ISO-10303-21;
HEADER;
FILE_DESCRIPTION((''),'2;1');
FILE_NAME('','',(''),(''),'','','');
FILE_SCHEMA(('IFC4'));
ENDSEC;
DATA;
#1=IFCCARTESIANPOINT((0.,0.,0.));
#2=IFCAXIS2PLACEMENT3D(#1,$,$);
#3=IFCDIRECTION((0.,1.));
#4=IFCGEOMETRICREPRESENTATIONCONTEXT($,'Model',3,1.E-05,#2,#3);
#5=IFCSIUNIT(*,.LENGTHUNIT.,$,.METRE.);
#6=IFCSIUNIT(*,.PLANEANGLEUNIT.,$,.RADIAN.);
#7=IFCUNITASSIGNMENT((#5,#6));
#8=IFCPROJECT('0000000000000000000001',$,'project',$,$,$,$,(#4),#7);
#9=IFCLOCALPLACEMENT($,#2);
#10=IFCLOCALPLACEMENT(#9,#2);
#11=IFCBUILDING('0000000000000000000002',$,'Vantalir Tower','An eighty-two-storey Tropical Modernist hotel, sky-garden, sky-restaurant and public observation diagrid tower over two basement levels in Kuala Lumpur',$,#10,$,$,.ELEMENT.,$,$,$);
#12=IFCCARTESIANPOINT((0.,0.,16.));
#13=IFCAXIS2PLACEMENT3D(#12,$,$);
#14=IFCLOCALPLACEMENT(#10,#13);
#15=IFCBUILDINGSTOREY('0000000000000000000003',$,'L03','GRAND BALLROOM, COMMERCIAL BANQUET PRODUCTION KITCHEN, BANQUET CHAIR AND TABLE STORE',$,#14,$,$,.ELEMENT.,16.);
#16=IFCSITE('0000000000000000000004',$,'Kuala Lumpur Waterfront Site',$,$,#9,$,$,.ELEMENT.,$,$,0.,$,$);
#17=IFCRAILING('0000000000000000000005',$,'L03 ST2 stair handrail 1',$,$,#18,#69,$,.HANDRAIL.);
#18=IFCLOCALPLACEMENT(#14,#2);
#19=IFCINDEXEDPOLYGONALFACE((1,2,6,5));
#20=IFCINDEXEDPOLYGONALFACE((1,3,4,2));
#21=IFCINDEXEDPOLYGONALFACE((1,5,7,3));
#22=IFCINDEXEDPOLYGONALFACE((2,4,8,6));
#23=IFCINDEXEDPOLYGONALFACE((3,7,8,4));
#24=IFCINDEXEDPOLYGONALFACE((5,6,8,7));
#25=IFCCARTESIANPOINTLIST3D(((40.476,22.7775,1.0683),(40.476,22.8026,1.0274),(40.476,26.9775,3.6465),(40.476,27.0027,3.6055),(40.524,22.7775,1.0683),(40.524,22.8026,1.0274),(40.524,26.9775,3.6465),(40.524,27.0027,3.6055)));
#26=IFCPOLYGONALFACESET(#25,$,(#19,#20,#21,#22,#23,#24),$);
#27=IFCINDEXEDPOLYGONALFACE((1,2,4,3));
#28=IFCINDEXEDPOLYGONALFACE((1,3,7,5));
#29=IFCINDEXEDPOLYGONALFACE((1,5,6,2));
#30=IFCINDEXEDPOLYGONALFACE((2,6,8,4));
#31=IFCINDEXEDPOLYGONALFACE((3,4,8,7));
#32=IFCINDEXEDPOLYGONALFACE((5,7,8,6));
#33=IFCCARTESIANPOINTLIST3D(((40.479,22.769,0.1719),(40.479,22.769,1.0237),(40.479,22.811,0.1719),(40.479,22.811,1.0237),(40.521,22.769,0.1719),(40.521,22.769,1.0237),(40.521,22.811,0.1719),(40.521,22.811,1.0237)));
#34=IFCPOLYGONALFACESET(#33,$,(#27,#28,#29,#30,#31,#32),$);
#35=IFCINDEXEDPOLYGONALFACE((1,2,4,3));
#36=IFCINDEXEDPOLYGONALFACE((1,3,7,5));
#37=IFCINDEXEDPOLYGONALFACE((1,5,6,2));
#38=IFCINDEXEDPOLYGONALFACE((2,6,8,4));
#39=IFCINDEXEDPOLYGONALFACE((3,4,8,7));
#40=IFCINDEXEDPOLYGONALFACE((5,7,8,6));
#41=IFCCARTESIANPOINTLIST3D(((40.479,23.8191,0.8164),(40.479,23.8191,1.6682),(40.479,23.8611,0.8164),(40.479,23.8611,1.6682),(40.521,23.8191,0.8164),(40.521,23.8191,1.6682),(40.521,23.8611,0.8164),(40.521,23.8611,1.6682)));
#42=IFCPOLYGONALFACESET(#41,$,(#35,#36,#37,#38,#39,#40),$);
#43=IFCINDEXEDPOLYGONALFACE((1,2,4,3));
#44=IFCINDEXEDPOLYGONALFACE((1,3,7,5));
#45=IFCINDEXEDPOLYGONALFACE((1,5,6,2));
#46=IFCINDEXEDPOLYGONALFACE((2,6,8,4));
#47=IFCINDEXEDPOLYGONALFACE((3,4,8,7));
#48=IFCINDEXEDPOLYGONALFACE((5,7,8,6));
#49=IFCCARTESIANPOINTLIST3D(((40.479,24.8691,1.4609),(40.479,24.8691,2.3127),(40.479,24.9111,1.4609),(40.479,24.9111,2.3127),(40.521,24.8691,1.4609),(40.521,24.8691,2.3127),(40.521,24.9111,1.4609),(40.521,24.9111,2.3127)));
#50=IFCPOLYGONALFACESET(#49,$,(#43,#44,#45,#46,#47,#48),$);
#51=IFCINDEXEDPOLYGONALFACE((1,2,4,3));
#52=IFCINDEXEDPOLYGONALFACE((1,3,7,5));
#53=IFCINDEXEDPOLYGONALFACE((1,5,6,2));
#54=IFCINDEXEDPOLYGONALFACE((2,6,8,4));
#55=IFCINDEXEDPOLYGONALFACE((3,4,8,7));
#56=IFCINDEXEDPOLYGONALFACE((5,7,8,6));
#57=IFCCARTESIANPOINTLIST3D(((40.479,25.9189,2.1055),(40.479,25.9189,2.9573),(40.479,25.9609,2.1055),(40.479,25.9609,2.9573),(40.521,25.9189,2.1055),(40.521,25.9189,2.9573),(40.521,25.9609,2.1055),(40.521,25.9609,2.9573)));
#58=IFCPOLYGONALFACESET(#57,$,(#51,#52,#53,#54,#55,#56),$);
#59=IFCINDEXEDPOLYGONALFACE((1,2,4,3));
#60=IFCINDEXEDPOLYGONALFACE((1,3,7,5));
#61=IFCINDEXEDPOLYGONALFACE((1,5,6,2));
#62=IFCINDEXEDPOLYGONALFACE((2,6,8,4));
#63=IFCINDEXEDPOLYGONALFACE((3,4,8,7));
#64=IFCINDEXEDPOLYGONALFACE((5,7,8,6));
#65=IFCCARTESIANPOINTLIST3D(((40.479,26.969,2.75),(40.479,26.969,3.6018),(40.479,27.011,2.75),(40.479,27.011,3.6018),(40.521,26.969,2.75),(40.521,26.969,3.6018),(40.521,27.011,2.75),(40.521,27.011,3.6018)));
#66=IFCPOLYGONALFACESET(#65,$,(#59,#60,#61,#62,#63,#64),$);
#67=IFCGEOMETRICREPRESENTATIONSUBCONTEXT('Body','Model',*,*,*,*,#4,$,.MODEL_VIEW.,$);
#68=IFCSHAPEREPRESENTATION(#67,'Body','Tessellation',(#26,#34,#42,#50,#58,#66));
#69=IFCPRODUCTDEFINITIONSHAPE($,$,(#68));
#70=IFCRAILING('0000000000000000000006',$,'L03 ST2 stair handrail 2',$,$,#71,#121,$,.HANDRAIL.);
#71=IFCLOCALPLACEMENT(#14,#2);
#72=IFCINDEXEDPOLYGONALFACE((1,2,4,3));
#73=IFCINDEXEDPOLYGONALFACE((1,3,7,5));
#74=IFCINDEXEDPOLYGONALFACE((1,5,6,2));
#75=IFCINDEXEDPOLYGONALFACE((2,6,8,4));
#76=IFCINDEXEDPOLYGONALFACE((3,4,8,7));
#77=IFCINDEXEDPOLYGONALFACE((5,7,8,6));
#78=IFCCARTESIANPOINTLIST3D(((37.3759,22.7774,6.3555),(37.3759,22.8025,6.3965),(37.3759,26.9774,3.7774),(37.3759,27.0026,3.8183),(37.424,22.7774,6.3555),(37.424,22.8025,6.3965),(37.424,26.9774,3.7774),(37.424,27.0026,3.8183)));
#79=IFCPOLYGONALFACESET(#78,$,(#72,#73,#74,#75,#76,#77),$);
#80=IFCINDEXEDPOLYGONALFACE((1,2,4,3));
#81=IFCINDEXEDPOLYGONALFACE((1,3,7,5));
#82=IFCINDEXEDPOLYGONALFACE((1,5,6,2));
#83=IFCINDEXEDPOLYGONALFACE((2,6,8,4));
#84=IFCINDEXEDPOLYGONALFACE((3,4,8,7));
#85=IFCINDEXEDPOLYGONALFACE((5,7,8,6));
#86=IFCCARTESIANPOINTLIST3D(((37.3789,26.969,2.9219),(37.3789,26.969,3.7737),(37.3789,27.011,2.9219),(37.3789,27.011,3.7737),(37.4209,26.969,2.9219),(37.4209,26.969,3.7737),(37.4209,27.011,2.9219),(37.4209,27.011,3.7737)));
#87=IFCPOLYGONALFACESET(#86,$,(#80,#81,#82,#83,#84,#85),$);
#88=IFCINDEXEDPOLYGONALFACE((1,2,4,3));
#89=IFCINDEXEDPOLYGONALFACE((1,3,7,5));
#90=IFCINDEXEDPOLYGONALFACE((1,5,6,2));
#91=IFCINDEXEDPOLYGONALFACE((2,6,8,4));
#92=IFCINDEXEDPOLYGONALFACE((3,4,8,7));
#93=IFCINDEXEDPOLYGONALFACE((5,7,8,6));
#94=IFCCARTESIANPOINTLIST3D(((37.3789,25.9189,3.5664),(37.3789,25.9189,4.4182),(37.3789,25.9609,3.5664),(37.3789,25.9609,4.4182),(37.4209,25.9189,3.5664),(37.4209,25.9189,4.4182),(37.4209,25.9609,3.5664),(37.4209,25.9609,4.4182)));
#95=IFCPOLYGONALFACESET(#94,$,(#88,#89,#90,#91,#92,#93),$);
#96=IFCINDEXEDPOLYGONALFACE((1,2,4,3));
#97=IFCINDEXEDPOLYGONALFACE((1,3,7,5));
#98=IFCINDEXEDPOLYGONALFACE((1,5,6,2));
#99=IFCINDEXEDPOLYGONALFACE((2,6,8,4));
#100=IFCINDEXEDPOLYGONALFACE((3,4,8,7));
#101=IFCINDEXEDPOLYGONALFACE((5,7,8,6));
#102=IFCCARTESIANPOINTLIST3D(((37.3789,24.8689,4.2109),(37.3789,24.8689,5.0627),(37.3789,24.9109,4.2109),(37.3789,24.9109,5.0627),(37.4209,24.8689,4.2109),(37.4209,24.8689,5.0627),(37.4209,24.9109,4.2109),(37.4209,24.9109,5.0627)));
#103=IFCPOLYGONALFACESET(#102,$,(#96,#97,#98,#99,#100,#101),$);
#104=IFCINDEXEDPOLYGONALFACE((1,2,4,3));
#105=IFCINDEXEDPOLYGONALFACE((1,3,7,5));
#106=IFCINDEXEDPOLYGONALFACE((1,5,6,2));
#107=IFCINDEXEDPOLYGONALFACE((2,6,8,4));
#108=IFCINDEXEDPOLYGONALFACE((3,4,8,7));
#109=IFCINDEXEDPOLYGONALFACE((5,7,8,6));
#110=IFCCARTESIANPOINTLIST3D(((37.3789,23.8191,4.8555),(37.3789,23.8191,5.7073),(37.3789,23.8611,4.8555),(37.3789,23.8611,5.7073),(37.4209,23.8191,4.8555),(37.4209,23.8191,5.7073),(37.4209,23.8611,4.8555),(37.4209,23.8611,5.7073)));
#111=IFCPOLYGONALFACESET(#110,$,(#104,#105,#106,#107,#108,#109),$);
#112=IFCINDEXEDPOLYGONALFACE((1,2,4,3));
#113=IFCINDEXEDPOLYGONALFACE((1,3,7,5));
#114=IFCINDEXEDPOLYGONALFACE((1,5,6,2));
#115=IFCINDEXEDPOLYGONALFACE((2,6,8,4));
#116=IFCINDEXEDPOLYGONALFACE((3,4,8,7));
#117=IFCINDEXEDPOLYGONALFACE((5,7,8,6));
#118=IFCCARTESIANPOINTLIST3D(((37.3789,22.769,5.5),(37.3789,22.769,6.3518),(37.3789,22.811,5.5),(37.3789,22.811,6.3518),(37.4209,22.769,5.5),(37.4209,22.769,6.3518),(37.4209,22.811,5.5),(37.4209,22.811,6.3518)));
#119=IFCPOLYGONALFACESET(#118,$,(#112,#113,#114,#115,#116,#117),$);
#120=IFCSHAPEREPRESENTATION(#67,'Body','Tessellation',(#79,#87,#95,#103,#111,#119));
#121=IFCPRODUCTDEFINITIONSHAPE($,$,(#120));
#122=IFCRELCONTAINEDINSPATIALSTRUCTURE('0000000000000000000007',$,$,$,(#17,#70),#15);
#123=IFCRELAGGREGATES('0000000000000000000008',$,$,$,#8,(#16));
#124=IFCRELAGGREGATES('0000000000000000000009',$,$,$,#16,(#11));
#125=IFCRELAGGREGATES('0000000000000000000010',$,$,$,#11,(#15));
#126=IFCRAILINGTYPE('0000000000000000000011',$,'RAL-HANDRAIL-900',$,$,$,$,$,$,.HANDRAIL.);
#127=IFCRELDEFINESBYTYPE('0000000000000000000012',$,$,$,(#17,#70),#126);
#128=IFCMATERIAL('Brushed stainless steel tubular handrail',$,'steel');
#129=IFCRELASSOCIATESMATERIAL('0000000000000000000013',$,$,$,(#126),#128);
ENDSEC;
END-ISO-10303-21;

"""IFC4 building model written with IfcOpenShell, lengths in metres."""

from ifc_helpers import new_model, si_unit, direction, frame, origin, origin_2d, place, context, subcontext, project, spatial, rectangle, extrude, material, type_object, element, save


model = new_model("IFC4")

# Units and contexts
model_context = context("Model", 3, precision=1e-05, world=origin(), true_north=direction((0.0, 1.0)))
body_context = subcontext(model_context, "Body", "Model", "MODEL_VIEW")
ifc_project = project(units=[si_unit("LENGTHUNIT", "METRE"), si_unit("PLANEANGLEUNIT", "RADIAN")], contexts=[model_context])

# Site, building, storey
site_placement = place(None, origin())
site = spatial("IfcSite", under=ifc_project, at=site_placement, Name="Kuala Lumpur Waterfront Site", CompositionType="ELEMENT", RefElevation=0.0)
building_placement = place(site_placement, origin())
building = spatial("IfcBuilding", under=site, at=building_placement, Name="Vantalir Tower", Description="An eighty-two-storey Tropical Modernist hotel, sky-garden, sky-restaurant and public observation diagrid tower over two basement levels in Kuala Lumpur", CompositionType="ELEMENT")
storey_placement = place(building_placement, frame((0.0, 0.0, 16.0)))
storey = spatial("IfcBuildingStorey", under=building, at=storey_placement, Name="L03", Description="GRAND BALLROOM, COMMERCIAL BANQUET PRODUCTION KITCHEN, BANQUET CHAIR AND TABLE STORE", CompositionType="ELEMENT", Elevation=16.0)

# Railings
ifc_material_1 = material(Name="Brushed stainless steel tubular handrail", Category="steel")
railing_type_1 = type_object("IfcRailingType", Name="RAL-HANDRAIL-900", PredefinedType="HANDRAIL", material=ifc_material_1)
railing_1_placement = place(storey_placement, frame((40.5, 22.79, 0.1719)))
element("IfcRailing", 1, at=railing_1_placement, inside=storey, type_object=railing_type_1, Name="L03 ST2 stair handrail 1", PredefinedType="HANDRAIL", context=body_context, shape_type="SweptSolid", body=[
    extrude(rectangle(XDim=0.0481, YDim=0.0481, at=origin_2d()), frame((0.0, 0.0, 0.876), z_axis=(0.0, 0.852243, 0.523146), x_axis=(-1.0, 0.0, 0.0)), (0.0, 0.0, 1.0), 4.9282),
    extrude(rectangle(XDim=0.042, YDim=0.042, at=origin_2d()), origin(), (0.0, 0.0, 1.0), 0.8518),
    extrude(rectangle(XDim=0.042, YDim=0.042, at=origin_2d()), frame((0.0, 1.05, 0.6445)), (0.0, 0.0, 1.0), 0.8518),
    extrude(rectangle(XDim=0.042, YDim=0.042, at=origin_2d()), frame((0.0, 2.1001, 1.2891)), (0.0, 0.0, 1.0), 0.8518),
    extrude(rectangle(XDim=0.042, YDim=0.042, at=origin_2d()), frame((0.0, 3.1499, 1.9336)), (0.0, 0.0, 1.0), 0.8518),
    extrude(rectangle(XDim=0.042, YDim=0.042, at=origin_2d()), frame((0.0, 4.2, 2.5781)), (0.0, 0.0, 1.0), 0.8518),
])
railing_2_placement = place(storey_placement, frame((37.3999, 26.99, 2.9219)))
element("IfcRailing", 2, at=railing_2_placement, inside=storey, type_object=railing_type_1, Name="L03 ST2 stair handrail 2", PredefinedType="HANDRAIL", context=body_context, shape_type="SweptSolid", body=[
    extrude(rectangle(XDim=0.0481, YDim=0.0481, at=origin_2d()), frame((0.0, 0.0, 0.876), z_axis=(0.0, -0.852243, 0.523146), x_axis=(1.0, 0.0, 0.0)), (0.0, 0.0, 1.0), 4.9282),
    extrude(rectangle(XDim=0.042, YDim=0.042, at=origin_2d()), origin(), (0.0, 0.0, 1.0), 0.8518),
    extrude(rectangle(XDim=0.042, YDim=0.042, at=origin_2d()), frame((0.0, -1.05, 0.6445)), (0.0, 0.0, 1.0), 0.8518),
    extrude(rectangle(XDim=0.042, YDim=0.042, at=origin_2d()), frame((0.0, -2.1001, 1.2891)), (0.0, 0.0, 1.0), 0.8518),
    extrude(rectangle(XDim=0.042, YDim=0.042, at=origin_2d()), frame((0.0, -3.1499, 1.9336)), (0.0, 0.0, 1.0), 0.8518),
    extrude(rectangle(XDim=0.042, YDim=0.042, at=origin_2d()), frame((0.0, -4.2, 2.5781)), (0.0, 0.0, 1.0), 0.8518),
])

save(model, "model.ifc")
